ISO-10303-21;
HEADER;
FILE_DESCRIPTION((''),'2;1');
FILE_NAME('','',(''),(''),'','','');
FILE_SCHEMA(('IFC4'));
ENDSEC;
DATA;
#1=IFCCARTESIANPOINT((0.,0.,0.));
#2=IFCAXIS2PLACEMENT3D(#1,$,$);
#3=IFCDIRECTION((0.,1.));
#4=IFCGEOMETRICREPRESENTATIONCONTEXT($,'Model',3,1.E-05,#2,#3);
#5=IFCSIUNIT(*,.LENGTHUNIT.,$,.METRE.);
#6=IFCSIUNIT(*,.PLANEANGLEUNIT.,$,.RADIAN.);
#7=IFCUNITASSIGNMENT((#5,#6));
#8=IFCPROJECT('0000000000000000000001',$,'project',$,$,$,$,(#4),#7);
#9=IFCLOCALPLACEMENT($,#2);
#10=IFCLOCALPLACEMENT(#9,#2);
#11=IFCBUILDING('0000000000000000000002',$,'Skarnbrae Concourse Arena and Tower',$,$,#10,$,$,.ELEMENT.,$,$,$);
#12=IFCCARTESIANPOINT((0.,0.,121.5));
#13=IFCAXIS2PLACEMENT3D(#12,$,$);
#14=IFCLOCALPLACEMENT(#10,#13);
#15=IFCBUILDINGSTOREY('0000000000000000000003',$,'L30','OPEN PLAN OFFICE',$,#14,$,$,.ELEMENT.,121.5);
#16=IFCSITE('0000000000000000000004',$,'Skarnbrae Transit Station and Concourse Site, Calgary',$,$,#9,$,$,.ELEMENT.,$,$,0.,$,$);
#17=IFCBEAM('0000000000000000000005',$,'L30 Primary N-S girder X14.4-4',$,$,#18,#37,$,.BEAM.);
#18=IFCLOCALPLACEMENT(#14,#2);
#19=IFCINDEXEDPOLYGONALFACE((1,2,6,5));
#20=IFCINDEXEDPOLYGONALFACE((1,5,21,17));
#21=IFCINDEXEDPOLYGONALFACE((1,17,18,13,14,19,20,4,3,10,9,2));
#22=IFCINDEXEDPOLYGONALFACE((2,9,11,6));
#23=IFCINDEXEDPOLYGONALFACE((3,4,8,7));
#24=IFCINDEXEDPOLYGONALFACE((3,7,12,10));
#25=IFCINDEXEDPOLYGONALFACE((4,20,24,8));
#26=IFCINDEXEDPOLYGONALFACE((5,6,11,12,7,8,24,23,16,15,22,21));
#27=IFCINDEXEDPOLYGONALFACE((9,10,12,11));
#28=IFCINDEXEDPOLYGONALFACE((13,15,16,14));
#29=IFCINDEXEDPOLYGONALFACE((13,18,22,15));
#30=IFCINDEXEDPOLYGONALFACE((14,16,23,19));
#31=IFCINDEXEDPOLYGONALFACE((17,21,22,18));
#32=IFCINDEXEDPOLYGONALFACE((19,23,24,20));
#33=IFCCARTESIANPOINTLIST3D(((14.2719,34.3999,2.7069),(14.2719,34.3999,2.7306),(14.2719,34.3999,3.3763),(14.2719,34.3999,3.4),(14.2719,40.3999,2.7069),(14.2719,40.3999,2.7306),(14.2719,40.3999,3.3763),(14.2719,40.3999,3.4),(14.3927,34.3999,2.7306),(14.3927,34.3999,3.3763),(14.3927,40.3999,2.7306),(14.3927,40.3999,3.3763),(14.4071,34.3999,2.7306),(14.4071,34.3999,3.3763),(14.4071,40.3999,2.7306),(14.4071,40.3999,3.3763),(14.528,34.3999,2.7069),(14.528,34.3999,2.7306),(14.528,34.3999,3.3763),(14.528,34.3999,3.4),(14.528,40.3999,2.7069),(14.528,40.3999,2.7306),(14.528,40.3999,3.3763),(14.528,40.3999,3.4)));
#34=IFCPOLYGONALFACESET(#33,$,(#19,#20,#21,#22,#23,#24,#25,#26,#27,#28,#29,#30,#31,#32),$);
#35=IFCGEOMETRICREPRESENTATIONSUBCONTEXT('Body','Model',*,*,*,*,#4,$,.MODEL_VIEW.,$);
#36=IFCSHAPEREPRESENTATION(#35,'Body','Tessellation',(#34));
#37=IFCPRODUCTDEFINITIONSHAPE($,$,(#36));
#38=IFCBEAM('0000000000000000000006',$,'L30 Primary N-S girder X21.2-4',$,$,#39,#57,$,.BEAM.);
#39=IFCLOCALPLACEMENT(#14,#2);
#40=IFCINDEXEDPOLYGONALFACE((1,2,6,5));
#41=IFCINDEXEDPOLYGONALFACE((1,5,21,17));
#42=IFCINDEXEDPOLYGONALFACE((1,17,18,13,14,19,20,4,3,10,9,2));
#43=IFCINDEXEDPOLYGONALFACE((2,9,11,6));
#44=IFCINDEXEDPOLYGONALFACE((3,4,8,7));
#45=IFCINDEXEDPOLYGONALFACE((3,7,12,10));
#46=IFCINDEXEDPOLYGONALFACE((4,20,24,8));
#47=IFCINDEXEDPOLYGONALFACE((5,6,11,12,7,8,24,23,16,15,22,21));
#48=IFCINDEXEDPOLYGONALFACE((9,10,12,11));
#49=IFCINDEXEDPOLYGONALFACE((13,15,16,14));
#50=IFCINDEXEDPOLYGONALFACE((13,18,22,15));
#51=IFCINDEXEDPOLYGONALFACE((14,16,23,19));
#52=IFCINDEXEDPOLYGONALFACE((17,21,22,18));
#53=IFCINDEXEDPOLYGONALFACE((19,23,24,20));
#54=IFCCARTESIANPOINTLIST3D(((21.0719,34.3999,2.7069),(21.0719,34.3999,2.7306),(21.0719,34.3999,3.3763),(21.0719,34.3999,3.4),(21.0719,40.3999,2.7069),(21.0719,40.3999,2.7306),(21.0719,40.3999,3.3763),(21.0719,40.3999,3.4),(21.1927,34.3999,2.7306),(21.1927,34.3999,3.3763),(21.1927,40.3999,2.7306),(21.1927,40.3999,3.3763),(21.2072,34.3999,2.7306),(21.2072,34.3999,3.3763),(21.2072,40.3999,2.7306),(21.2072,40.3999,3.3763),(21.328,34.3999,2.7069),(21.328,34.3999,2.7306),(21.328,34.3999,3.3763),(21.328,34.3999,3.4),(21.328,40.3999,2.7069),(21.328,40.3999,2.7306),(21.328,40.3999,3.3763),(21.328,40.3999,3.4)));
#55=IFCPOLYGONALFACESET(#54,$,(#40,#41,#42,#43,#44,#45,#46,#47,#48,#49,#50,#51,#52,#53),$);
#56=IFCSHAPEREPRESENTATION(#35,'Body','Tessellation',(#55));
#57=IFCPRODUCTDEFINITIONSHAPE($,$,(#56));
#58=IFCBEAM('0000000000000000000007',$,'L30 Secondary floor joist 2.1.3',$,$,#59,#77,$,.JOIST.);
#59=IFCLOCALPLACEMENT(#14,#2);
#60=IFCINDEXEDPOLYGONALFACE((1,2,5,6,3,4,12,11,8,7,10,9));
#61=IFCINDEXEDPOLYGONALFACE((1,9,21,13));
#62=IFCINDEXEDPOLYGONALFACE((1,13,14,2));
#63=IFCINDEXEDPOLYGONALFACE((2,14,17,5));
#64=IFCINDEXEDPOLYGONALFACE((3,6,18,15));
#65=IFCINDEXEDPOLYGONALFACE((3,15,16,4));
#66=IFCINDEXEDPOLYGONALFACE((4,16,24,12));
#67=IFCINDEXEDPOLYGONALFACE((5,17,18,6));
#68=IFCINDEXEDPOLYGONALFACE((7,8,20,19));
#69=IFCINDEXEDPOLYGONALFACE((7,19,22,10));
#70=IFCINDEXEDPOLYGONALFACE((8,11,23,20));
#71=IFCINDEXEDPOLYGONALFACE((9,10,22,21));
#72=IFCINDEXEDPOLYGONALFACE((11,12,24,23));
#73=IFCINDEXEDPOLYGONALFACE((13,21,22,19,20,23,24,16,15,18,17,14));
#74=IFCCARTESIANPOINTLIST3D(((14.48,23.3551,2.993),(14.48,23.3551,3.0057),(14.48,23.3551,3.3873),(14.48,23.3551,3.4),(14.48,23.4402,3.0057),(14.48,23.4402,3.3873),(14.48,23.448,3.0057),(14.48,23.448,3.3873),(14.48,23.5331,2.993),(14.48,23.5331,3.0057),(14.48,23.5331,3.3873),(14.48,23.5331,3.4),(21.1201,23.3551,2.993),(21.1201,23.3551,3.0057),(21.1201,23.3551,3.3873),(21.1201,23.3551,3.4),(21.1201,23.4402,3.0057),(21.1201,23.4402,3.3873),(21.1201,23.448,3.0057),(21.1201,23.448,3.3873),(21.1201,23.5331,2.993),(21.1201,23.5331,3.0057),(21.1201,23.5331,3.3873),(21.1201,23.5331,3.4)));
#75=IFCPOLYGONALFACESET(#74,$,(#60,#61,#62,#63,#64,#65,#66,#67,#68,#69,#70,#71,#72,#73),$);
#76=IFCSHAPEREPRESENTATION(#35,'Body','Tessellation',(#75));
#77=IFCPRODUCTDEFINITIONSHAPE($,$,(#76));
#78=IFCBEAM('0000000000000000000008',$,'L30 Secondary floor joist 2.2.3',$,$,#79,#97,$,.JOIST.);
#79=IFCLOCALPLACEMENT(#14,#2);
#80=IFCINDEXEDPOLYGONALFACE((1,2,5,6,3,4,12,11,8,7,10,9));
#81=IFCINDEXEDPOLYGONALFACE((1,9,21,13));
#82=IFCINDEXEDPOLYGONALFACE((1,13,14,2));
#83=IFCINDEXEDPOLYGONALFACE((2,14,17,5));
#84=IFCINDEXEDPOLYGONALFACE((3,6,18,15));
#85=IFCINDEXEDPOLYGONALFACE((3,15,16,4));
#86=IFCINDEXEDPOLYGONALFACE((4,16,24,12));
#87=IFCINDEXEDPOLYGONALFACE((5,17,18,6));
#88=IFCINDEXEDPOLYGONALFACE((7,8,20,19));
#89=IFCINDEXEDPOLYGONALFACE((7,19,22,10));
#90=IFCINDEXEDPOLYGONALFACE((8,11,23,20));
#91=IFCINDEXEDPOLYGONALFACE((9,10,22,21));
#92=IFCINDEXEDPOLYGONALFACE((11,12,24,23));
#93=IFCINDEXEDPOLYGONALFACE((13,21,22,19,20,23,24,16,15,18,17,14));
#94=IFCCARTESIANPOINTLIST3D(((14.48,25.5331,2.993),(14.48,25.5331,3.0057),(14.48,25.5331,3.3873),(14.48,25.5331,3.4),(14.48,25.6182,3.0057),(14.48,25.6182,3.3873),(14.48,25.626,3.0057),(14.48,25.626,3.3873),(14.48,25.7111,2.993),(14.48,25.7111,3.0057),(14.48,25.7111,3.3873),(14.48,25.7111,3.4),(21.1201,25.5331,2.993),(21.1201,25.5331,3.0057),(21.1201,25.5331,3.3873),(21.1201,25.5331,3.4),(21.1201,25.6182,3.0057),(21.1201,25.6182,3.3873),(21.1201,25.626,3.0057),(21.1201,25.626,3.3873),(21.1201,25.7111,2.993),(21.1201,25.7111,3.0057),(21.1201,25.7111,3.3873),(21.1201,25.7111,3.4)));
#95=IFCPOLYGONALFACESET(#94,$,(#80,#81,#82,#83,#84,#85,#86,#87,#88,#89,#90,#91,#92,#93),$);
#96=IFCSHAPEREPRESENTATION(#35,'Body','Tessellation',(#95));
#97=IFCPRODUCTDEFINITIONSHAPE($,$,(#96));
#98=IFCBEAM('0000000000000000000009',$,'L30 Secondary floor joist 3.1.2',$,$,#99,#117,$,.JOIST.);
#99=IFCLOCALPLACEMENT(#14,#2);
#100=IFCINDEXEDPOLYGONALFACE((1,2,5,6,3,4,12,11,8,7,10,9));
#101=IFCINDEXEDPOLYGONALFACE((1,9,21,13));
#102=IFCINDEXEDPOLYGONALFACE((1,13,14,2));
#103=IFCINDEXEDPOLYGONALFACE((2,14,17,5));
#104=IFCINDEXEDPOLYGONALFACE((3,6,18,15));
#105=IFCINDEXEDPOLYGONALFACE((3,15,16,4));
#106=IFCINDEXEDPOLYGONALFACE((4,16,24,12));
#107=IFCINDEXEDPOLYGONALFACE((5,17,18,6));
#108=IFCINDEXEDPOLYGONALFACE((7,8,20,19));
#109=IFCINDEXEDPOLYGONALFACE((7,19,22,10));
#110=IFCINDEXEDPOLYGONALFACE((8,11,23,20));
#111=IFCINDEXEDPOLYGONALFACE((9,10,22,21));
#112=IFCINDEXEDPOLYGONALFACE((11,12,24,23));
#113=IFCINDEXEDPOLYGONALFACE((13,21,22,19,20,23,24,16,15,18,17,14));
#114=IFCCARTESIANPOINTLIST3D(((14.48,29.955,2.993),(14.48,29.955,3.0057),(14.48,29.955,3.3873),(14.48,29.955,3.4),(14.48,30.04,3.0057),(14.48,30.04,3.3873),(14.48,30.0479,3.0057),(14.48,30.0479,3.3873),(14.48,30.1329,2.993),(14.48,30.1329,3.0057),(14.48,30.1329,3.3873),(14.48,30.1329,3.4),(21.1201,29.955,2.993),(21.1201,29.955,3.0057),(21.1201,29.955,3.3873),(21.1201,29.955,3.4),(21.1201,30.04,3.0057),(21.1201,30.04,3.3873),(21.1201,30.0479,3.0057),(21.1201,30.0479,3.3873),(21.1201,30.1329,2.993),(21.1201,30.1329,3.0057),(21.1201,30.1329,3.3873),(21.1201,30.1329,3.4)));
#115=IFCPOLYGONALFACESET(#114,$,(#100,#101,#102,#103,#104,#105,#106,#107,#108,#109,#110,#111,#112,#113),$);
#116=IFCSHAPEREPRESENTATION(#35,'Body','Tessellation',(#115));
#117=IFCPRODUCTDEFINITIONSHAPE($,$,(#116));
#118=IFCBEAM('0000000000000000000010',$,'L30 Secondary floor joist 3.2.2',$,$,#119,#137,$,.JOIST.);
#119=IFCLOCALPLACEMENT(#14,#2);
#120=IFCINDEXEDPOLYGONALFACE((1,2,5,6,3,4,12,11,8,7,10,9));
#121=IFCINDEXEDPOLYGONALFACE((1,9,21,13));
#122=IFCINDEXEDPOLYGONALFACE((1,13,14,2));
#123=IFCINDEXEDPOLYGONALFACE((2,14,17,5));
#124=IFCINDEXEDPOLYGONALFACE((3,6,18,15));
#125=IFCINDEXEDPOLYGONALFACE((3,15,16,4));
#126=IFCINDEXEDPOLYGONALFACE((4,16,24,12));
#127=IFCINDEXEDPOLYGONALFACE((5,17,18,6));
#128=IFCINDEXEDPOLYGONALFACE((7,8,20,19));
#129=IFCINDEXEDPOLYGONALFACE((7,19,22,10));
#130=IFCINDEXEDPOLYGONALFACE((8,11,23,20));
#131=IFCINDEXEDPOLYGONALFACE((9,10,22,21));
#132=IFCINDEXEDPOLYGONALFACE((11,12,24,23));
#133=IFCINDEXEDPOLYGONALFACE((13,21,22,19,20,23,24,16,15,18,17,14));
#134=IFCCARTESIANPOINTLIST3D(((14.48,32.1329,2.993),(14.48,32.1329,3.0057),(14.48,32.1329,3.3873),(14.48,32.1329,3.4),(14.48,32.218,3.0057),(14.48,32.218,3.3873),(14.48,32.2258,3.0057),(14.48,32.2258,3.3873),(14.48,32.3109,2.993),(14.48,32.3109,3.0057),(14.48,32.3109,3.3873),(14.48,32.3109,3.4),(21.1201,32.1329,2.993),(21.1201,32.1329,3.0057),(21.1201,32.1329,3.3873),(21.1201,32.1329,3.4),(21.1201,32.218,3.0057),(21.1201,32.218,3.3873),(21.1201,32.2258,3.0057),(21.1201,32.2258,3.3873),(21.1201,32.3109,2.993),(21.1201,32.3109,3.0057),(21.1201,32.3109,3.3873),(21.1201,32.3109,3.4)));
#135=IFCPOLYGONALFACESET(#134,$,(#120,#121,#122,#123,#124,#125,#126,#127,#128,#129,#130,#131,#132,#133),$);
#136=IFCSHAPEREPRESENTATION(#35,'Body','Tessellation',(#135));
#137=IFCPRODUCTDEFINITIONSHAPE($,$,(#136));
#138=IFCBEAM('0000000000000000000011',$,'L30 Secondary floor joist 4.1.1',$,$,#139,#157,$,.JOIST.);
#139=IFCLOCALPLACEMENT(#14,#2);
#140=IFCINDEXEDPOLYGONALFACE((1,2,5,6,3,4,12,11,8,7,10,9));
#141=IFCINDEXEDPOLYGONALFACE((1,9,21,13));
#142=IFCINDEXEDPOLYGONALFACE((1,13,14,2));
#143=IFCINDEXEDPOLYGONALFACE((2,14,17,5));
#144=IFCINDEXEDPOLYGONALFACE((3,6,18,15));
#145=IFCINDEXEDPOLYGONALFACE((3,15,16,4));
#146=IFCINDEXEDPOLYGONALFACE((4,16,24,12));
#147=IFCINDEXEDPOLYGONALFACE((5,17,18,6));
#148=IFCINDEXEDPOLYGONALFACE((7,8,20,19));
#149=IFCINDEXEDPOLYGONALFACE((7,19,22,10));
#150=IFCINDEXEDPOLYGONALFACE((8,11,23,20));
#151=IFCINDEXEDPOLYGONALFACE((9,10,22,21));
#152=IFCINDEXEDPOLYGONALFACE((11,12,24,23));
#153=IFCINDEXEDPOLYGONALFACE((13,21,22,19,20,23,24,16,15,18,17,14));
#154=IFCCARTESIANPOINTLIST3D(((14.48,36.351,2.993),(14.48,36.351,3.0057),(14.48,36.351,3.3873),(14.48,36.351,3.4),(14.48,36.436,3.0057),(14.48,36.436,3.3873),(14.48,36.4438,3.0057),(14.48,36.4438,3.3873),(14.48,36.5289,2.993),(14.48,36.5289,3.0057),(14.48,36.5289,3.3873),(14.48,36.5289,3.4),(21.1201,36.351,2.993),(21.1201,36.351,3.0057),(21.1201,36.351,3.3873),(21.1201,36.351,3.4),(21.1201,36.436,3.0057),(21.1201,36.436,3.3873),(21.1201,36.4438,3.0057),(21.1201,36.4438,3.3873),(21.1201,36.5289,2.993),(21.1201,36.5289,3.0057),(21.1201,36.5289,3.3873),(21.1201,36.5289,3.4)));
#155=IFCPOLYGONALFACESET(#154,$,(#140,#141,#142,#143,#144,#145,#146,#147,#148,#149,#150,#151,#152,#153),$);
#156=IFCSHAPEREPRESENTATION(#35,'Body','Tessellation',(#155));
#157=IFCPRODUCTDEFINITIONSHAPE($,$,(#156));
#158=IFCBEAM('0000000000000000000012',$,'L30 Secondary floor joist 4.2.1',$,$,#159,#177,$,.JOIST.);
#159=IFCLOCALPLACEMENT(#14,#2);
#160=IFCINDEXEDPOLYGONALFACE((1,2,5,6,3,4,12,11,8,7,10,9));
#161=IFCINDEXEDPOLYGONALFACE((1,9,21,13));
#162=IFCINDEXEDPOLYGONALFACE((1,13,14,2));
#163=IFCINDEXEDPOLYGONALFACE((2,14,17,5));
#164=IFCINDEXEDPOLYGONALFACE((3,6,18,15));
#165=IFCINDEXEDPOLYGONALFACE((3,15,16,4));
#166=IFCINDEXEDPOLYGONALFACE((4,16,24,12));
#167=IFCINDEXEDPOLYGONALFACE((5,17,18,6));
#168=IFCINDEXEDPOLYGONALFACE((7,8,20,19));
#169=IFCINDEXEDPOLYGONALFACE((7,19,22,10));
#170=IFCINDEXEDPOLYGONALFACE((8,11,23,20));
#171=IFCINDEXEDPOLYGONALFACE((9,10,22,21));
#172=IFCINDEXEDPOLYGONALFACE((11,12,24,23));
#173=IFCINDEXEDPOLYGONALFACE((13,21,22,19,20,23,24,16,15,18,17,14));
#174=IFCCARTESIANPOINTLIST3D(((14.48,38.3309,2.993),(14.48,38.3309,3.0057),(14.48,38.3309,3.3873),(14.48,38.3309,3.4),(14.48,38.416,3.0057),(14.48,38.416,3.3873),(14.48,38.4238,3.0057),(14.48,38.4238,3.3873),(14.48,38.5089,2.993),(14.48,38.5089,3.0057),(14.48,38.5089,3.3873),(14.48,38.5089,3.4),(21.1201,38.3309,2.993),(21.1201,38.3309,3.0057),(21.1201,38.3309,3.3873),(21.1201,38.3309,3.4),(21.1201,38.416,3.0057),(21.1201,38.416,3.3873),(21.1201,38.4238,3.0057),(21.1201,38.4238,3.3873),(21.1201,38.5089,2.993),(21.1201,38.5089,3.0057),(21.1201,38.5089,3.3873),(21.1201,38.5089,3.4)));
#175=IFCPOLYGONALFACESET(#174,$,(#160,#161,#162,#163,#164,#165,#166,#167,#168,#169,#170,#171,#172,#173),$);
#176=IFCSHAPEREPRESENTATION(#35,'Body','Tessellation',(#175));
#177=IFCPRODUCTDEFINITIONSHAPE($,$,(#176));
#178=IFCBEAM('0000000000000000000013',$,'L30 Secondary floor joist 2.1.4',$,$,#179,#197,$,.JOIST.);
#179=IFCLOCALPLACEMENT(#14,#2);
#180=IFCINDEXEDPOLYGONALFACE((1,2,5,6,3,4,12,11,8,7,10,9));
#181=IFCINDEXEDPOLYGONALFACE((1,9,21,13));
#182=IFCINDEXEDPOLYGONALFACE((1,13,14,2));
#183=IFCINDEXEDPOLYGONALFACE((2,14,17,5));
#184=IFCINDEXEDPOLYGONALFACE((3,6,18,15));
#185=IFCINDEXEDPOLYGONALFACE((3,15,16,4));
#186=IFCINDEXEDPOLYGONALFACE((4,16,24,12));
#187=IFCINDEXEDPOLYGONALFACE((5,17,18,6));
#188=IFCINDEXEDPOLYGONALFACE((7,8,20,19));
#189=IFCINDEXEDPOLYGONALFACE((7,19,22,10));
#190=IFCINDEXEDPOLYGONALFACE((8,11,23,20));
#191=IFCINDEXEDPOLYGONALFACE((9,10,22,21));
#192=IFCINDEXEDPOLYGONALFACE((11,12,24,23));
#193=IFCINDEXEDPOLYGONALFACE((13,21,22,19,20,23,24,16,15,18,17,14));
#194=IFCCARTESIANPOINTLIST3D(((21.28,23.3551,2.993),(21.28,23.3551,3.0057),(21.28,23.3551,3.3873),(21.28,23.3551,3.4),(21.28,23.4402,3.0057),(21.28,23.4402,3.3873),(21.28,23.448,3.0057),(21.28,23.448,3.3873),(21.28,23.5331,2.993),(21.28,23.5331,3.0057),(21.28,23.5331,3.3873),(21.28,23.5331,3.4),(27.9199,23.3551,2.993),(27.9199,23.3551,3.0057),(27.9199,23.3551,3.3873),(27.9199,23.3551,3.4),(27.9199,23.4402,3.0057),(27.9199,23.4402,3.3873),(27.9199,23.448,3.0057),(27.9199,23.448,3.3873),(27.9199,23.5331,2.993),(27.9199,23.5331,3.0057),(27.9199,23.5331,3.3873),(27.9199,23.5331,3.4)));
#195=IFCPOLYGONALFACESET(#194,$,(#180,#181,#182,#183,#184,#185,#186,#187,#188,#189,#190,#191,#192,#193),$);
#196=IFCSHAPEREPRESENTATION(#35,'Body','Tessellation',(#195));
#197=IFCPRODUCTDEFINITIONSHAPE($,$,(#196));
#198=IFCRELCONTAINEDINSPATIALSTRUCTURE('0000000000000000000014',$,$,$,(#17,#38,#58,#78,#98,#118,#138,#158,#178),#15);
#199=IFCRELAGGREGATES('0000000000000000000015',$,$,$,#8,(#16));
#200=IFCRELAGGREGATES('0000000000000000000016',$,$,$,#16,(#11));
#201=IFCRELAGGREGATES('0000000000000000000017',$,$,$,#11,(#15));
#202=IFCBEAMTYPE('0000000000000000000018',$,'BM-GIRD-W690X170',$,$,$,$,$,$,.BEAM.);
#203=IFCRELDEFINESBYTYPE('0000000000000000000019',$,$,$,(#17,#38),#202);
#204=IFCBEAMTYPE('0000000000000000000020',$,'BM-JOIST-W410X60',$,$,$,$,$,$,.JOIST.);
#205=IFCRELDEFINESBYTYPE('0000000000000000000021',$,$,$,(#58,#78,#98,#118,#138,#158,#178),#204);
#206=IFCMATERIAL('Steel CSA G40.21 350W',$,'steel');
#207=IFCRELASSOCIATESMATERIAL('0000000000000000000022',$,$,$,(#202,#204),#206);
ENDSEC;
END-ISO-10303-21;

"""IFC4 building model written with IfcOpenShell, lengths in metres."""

from ifc_helpers import new_model, si_unit, direction, frame, origin, origin_2d, place, context, subcontext, project, spatial, i_section, extrude, source, transform, mapped, material, material_profile, profile_set, type_object, element, save


model = new_model("IFC4")

# Units and contexts
model_context = context("Model", 3, precision=1e-05, world=origin(), true_north=direction((0.0, 1.0)))
body_context = subcontext(model_context, "Body", "Model", "MODEL_VIEW")
ifc_project = project(units=[si_unit("LENGTHUNIT", "METRE"), si_unit("PLANEANGLEUNIT", "RADIAN")], contexts=[model_context])

# Site, building, storey
site_placement = place(None, origin())
site = spatial("IfcSite", under=ifc_project, at=site_placement, Name="Skarnbrae Transit Station and Concourse Site, Calgary", CompositionType="ELEMENT", RefElevation=0.0)
building_placement = place(site_placement, origin())
building = spatial("IfcBuilding", under=site, at=building_placement, Name="Skarnbrae Concourse Arena and Tower", CompositionType="ELEMENT")
storey_placement = place(building_placement, frame((0.0, 0.0, 121.5)))
storey = spatial("IfcBuildingStorey", under=building, at=storey_placement, Name="L30", Description="OPEN PLAN OFFICE", CompositionType="ELEMENT", Elevation=121.5)

# Shared definitions
ifc_material_1 = material(Name="Steel CSA G40.21 350W", Category="steel")

# Beams
ifc_material_profile_1 = material_profile(ifc_material_1, i_section(OverallWidth=0.2561, OverallDepth=0.6931, WebThickness=0.0144, FlangeThickness=0.0237, at=origin_2d()), Name="W690X170")
ifc_profile_set_1 = profile_set([ifc_material_profile_1], Name="Steel CSA G40.21 350W")
beam_type_1 = type_object("IfcBeamType", Name="BM-GIRD-W690X170", PredefinedType="BEAM", material=ifc_profile_set_1)
shared_shape_1 = source(origin(), body_context, "Body", "SweptSolid", [
    extrude(i_section(OverallWidth=0.2561, OverallDepth=0.6931, WebThickness=0.0144, FlangeThickness=0.0237, at=origin_2d()), origin(), (0.0, 0.0, 1.0), 6.0),
])
for number, where, z_axis, x_axis, name in (
    (1, (14.3999, 34.3999, 3.0535), (0.0, 1.0, 0.0), (-1.0, 0.0, 0.0), "L30 Primary N-S girder X14.4-4"),
    (2, (21.2, 34.3999, 3.0535), (0.0, 1.0, 0.0), (-1.0, 0.0, 0.0), "L30 Primary N-S girder X21.2-4"),
):
    element("IfcBeam", number, at=place(storey_placement, frame(where, z_axis=z_axis, x_axis=x_axis)), inside=storey, type_object=beam_type_1, Name=name, PredefinedType="BEAM", context=body_context, shape_type="MappedRepresentation", body=[
        mapped(shared_shape_1, transform((0.0, 0.0, 0.0))),
    ])
ifc_material_profile_2 = material_profile(ifc_material_1, i_section(OverallWidth=0.178, OverallDepth=0.407, WebThickness=0.0078, FlangeThickness=0.0127, at=origin_2d()), Name="W410X60")
ifc_profile_set_2 = profile_set([ifc_material_profile_2], Name="Steel CSA G40.21 350W")
beam_type_2 = type_object("IfcBeamType", Name="BM-JOIST-W410X60", PredefinedType="JOIST", material=ifc_profile_set_2)
shared_shape_2 = source(origin(), body_context, "Body", "SweptSolid", [
    extrude(i_section(OverallWidth=0.178, OverallDepth=0.407, WebThickness=0.0078, FlangeThickness=0.0127, at=origin_2d()), origin(), (0.0, 0.0, 1.0), 6.6401),
])
for number, where, z_axis, x_axis, name in (
    (3, (14.48, 23.4441, 3.1965), (1.0, 0.0, 0.0), (0.0, 1.0, 0.0), "L30 Secondary floor joist 2.1.3"),
    (4, (14.48, 25.6221, 3.1965), (1.0, 0.0, 0.0), (0.0, 1.0, 0.0), "L30 Secondary floor joist 2.2.3"),
    (5, (14.48, 30.0439, 3.1965), (1.0, 0.0, 0.0), (0.0, 1.0, 0.0), "L30 Secondary floor joist 3.1.2"),
    (6, (14.48, 32.2219, 3.1965), (1.0, 0.0, 0.0), (0.0, 1.0, 0.0), "L30 Secondary floor joist 3.2.2"),
    (7, (14.48, 36.4399, 3.1965), (1.0, 0.0, 0.0), (0.0, 1.0, 0.0), "L30 Secondary floor joist 4.1.1"),
    (8, (14.48, 38.4199, 3.1965), (1.0, 0.0, 0.0), (0.0, 1.0, 0.0), "L30 Secondary floor joist 4.2.1"),
):
    element("IfcBeam", number, at=place(storey_placement, frame(where, z_axis=z_axis, x_axis=x_axis)), inside=storey, type_object=beam_type_2, Name=name, PredefinedType="JOIST", context=body_context, shape_type="MappedRepresentation", body=[
        mapped(shared_shape_2, transform((0.0, 0.0, 0.0))),
    ])
shared_shape_3 = source(origin(), body_context, "Body", "SweptSolid", [
    extrude(i_section(OverallWidth=0.178, OverallDepth=0.407, WebThickness=0.0078, FlangeThickness=0.0127, at=origin_2d()), origin(), (0.0, 0.0, 1.0), 6.6399),
])
for number, where, z_axis, x_axis, name in (
    (9, (21.28, 23.4441, 3.1965), (1.0, 0.0, 0.0), (0.0, 1.0, 0.0), "L30 Secondary floor joist 2.1.4"),
):
    element("IfcBeam", number, at=place(storey_placement, frame(where, z_axis=z_axis, x_axis=x_axis)), inside=storey, type_object=beam_type_2, Name=name, PredefinedType="JOIST", context=body_context, shape_type="MappedRepresentation", body=[
        mapped(shared_shape_3, transform((0.0, 0.0, 0.0))),
    ])

save(model, "model.ifc")
